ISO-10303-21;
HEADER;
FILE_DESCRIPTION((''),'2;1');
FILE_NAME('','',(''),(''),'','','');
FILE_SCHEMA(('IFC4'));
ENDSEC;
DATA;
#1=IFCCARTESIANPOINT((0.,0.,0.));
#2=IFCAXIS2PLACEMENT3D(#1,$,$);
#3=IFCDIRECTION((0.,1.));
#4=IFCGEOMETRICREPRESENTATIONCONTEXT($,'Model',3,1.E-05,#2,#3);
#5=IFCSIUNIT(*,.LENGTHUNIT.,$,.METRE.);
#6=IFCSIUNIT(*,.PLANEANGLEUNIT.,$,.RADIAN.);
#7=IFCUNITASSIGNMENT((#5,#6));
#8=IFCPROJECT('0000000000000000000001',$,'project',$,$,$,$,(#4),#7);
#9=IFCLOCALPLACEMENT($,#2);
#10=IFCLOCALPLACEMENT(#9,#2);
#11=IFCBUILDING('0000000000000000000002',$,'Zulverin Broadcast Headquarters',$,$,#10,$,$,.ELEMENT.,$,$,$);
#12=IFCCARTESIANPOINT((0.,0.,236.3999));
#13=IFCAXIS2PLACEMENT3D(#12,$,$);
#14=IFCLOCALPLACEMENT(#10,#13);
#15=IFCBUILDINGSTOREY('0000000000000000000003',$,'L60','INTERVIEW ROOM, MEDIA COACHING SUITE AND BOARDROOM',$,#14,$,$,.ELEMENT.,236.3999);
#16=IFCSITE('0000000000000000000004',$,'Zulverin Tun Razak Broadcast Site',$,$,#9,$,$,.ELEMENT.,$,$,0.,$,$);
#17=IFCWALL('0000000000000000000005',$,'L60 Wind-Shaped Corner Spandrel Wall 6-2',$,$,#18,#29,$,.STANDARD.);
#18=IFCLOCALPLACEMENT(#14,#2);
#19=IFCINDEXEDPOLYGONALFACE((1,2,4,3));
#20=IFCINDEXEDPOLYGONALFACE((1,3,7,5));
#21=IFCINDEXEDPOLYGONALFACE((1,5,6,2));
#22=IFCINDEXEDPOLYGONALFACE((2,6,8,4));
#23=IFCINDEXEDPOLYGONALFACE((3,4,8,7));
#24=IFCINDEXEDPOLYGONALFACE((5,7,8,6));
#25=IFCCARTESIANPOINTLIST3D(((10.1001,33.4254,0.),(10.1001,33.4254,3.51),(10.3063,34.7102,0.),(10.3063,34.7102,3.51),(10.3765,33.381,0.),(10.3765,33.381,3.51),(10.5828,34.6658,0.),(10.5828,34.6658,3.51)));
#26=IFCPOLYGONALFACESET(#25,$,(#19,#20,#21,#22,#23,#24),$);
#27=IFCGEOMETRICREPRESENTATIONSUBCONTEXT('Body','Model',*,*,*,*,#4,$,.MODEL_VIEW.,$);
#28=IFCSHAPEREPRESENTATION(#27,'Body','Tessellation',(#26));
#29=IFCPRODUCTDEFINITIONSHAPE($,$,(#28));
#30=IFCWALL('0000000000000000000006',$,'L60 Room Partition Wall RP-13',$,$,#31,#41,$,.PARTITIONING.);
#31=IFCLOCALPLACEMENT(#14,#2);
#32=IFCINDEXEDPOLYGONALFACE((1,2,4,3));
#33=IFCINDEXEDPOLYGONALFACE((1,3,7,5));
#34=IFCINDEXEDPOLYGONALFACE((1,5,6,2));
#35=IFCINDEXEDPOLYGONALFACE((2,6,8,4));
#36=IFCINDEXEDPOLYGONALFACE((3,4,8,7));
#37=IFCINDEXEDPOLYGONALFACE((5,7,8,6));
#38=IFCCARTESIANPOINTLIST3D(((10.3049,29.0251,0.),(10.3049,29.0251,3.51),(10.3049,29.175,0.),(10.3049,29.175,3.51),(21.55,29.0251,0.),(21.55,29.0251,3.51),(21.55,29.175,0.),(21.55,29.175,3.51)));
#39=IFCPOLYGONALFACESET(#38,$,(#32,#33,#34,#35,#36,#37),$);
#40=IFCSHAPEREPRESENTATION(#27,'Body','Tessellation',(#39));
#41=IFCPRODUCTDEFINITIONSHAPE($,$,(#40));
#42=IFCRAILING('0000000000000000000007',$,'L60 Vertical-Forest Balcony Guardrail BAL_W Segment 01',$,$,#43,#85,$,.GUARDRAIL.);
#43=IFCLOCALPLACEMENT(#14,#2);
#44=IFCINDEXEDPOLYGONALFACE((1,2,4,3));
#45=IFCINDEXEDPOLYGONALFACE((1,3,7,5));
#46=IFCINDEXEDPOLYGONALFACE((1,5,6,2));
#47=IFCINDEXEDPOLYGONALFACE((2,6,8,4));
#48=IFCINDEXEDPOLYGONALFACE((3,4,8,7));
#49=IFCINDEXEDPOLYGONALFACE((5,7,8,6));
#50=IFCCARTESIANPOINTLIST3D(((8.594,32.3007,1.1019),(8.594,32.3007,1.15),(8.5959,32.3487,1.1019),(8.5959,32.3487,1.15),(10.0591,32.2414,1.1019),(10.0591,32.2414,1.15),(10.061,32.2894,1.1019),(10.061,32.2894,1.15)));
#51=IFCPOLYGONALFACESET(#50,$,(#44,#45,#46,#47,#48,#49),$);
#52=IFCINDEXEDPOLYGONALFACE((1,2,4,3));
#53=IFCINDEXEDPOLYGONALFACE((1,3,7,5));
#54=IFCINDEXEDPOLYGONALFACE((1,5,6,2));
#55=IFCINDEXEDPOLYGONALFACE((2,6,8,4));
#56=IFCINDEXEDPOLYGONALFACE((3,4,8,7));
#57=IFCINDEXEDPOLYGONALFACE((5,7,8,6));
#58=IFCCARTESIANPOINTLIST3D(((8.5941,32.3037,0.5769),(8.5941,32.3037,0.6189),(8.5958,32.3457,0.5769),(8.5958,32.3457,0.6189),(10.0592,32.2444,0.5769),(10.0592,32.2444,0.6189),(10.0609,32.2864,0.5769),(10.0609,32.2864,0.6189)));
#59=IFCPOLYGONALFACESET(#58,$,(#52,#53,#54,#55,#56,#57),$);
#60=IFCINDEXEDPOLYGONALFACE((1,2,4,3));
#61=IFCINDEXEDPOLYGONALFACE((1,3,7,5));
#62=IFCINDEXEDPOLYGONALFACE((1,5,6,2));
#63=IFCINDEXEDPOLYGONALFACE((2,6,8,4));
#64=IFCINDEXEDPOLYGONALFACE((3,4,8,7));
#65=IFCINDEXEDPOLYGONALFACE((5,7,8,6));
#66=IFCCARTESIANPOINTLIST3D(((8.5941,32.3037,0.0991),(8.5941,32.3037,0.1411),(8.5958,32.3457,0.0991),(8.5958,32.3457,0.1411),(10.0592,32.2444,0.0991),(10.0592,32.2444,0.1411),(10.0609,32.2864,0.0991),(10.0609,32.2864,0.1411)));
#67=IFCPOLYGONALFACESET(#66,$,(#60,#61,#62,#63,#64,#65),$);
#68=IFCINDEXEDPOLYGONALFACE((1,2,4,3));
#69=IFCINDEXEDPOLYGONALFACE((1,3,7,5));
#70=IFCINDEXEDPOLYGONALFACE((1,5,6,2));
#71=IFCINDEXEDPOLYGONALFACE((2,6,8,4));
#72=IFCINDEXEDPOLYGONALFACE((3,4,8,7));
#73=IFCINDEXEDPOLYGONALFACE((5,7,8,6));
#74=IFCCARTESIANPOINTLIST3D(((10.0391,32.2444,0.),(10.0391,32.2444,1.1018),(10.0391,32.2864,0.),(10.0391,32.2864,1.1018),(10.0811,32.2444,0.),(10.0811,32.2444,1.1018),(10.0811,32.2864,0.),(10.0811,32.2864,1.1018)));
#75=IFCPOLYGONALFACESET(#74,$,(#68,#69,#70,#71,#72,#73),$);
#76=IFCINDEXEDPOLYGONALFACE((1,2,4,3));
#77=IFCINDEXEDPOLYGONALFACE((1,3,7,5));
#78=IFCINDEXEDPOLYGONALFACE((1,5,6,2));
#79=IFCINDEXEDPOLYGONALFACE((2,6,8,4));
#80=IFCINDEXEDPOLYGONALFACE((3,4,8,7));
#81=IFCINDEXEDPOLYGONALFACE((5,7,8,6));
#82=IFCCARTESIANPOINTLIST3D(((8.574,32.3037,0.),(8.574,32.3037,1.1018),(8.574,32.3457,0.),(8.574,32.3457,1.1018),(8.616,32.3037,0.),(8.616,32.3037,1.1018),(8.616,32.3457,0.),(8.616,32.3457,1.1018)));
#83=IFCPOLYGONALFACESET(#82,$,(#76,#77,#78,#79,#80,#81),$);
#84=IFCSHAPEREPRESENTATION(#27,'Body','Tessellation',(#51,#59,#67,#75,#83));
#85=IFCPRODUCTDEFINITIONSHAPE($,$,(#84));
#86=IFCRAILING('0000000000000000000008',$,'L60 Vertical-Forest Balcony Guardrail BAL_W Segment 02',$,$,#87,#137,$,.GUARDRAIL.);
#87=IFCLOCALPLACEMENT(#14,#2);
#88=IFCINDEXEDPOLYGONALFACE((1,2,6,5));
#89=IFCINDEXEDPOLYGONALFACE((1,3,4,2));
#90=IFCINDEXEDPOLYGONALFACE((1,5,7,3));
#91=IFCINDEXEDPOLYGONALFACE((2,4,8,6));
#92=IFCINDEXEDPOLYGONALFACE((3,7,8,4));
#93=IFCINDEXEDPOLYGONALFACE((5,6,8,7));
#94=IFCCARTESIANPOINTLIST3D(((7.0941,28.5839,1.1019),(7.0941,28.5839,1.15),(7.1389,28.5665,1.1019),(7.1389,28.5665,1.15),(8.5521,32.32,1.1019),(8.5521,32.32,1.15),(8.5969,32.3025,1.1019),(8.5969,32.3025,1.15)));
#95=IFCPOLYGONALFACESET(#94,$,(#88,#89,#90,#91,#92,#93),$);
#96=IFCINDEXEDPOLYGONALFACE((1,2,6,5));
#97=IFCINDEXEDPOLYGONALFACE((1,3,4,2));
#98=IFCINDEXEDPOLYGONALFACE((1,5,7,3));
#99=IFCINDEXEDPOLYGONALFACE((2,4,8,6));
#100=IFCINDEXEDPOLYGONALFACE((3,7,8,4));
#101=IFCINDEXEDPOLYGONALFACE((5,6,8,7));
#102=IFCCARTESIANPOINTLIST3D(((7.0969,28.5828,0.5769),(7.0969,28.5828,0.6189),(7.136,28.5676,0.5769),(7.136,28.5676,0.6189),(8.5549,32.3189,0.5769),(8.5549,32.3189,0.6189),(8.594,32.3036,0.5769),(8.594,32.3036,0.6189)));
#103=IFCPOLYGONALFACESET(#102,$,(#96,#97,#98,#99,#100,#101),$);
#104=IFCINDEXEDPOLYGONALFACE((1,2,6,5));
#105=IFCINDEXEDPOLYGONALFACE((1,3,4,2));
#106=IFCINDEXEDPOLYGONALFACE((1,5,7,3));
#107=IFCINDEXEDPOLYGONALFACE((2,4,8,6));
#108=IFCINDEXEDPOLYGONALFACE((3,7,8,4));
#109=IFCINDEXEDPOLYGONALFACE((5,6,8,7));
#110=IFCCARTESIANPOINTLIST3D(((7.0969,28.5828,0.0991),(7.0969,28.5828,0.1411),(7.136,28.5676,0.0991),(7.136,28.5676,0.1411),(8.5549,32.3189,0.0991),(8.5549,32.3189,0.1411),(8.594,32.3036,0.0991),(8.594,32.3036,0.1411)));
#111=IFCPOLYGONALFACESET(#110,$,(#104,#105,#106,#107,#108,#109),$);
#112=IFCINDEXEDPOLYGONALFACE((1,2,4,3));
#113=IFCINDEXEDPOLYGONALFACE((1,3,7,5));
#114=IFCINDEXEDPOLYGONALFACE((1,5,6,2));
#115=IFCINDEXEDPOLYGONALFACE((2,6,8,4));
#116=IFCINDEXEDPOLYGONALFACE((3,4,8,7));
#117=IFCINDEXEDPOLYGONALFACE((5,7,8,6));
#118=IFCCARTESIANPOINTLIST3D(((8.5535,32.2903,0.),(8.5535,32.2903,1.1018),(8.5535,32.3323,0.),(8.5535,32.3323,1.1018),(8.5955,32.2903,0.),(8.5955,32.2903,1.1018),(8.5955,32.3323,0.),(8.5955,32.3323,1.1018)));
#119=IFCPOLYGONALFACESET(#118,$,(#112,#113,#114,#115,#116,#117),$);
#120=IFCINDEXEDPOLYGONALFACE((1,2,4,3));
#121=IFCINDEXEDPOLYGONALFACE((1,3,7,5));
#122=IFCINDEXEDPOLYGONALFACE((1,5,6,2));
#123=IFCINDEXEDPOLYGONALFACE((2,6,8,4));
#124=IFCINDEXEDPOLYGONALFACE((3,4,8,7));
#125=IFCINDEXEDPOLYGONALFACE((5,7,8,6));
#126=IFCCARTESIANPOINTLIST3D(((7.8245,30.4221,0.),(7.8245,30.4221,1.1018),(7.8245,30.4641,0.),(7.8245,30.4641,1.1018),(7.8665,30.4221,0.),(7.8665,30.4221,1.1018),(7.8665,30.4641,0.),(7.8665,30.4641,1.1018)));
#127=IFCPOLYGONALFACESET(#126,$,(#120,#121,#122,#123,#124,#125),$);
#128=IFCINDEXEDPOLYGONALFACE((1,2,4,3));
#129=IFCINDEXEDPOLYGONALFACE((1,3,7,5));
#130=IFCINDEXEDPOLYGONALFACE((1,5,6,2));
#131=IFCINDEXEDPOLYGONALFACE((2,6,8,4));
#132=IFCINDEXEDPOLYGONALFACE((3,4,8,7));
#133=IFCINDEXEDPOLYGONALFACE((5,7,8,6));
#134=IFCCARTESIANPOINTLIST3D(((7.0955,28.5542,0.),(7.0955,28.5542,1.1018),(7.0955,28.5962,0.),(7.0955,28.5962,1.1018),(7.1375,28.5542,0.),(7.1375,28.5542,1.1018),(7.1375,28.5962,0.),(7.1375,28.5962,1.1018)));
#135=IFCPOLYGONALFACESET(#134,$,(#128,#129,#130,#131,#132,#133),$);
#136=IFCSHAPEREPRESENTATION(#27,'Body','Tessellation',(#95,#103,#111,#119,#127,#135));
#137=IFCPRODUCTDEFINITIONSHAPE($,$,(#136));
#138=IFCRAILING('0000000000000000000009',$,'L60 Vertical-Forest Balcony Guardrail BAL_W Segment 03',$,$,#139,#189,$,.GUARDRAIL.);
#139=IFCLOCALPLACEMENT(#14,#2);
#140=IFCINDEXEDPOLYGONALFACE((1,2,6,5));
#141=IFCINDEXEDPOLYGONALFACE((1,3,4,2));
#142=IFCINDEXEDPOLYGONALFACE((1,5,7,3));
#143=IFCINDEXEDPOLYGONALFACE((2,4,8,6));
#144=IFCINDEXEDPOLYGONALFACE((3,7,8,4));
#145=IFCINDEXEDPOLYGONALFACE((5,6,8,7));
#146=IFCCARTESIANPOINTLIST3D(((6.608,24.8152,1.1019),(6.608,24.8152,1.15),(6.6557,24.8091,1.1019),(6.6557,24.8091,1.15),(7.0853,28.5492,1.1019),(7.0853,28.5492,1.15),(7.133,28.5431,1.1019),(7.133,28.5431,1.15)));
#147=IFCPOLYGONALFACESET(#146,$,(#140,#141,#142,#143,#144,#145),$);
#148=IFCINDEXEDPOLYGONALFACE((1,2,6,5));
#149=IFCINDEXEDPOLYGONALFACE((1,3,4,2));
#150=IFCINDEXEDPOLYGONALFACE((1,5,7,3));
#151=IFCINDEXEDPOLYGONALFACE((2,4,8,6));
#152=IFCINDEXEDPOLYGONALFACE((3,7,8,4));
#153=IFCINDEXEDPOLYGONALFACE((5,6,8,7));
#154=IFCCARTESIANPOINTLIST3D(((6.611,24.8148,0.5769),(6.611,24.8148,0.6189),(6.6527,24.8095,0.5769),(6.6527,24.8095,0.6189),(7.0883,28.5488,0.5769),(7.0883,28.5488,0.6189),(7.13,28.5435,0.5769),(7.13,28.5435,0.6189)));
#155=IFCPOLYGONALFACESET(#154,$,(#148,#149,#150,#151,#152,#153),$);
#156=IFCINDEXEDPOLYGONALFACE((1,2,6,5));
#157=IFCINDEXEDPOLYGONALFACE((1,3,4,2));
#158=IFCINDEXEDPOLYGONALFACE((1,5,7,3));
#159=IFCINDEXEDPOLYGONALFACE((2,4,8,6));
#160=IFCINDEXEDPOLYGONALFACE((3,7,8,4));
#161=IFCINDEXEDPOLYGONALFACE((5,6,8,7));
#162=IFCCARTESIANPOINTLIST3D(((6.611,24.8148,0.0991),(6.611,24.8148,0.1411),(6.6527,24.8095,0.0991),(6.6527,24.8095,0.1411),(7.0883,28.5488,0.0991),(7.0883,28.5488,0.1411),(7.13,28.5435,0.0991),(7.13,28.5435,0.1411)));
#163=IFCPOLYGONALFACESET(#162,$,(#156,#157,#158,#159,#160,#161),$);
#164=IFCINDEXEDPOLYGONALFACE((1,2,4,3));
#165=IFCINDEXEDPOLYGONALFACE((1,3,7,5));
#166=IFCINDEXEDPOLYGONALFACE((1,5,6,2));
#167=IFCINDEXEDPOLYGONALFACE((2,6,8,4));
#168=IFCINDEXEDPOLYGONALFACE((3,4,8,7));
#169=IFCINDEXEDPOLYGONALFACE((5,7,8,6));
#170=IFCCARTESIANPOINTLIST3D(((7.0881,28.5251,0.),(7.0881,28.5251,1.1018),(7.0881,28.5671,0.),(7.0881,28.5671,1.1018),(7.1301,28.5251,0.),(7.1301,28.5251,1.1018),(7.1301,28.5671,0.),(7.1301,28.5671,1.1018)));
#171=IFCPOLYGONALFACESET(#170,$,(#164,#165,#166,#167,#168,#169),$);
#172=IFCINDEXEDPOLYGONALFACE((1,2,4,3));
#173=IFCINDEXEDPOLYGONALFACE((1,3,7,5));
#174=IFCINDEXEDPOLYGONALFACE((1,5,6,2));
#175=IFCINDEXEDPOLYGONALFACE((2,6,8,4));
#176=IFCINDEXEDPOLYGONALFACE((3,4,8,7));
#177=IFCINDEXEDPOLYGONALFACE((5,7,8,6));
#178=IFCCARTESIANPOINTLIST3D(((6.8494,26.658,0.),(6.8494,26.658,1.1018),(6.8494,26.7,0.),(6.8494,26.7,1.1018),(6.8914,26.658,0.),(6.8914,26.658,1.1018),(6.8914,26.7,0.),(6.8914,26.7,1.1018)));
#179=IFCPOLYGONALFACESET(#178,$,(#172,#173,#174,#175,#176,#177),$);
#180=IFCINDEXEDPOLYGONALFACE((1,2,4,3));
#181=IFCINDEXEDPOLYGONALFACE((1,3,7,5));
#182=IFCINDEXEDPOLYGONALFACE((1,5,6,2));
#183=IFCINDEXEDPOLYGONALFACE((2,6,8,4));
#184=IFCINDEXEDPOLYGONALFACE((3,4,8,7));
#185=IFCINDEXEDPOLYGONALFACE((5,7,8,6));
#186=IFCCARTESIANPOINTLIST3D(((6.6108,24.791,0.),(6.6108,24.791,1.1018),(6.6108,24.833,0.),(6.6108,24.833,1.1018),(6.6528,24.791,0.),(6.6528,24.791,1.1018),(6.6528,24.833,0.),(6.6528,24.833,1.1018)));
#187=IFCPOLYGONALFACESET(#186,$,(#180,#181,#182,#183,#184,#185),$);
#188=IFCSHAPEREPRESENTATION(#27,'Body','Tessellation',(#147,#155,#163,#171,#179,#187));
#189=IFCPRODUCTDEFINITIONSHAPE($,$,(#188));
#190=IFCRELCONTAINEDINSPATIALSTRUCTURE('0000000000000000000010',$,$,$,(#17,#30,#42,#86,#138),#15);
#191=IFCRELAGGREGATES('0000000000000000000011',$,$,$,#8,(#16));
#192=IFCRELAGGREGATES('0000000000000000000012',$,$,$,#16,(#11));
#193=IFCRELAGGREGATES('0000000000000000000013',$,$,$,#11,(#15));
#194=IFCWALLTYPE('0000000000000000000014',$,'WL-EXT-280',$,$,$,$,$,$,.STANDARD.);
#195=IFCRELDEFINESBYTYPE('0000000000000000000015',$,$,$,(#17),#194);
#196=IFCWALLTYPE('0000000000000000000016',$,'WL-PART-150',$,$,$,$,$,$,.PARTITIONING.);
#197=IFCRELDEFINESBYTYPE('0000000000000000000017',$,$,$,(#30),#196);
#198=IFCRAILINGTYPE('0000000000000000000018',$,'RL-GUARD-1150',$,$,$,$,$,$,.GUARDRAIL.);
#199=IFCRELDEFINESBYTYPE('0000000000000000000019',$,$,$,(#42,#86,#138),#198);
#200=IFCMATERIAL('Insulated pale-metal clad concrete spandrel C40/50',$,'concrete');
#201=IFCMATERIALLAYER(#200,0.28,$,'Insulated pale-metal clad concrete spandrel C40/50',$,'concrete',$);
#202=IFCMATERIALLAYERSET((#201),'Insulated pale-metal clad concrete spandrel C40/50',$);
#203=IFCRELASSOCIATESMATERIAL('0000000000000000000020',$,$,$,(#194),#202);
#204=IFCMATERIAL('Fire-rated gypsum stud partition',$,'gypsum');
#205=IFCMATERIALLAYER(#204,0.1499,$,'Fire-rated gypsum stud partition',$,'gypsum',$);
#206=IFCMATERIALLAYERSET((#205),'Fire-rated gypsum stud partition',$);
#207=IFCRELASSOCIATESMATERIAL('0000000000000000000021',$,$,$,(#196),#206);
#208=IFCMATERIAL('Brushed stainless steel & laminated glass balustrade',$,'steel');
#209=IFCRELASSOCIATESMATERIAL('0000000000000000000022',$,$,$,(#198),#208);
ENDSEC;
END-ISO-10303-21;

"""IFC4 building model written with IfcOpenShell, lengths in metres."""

from ifc_helpers import new_model, si_unit, direction, frame, frame_2d, origin, origin_2d, place, context, subcontext, project, spatial, rectangle, extrude, material, layer, layer_set, type_object, element, save


model = new_model("IFC4")

# Units and contexts
model_context = context("Model", 3, precision=1e-05, world=origin(), true_north=direction((0.0, 1.0)))
body_context = subcontext(model_context, "Body", "Model", "MODEL_VIEW")
ifc_project = project(units=[si_unit("LENGTHUNIT", "METRE"), si_unit("PLANEANGLEUNIT", "RADIAN")], contexts=[model_context])

# Site, building, storey
site_placement = place(None, origin())
site = spatial("IfcSite", under=ifc_project, at=site_placement, Name="Zulverin Tun Razak Broadcast Site", CompositionType="ELEMENT", RefElevation=0.0)
building_placement = place(site_placement, origin())
building = spatial("IfcBuilding", under=site, at=building_placement, Name="Zulverin Broadcast Headquarters", CompositionType="ELEMENT")
storey_placement = place(building_placement, frame((0.0, 0.0, 236.3999)))
storey = spatial("IfcBuildingStorey", under=building, at=storey_placement, Name="L60", Description="INTERVIEW ROOM, MEDIA COACHING SUITE AND BOARDROOM", CompositionType="ELEMENT", Elevation=236.3999)

# Shared definitions
ifc_material_1 = material(Name="Insulated pale-metal clad concrete spandrel C40/50", Category="concrete")
ifc_layer_1 = layer(ifc_material_1, 0.28, Name="Insulated pale-metal clad concrete spandrel C40/50", Category="concrete")
ifc_layer_set_1 = layer_set([ifc_layer_1], Name="Insulated pale-metal clad concrete spandrel C40/50")
wall_type_1 = type_object("IfcWallType", Name="WL-EXT-280", PredefinedType="STANDARD", material=ifc_layer_set_1)

# Walls
wall_1_placement = place(storey_placement, frame((10.4446, 34.688, 0.0), z_axis=(0.0, 0.0, 1.0), x_axis=(-0.158525, -0.987355, 0.0)))
element("IfcWall", 1, at=wall_1_placement, inside=storey, type_object=wall_type_1, Name="L60 Wind-Shaped Corner Spandrel Wall 6-2", PredefinedType="STANDARD", context=body_context, shape_type="SweptSolid", body=[
    extrude(rectangle(XDim=1.3013, YDim=0.28, at=frame_2d((0.6506, 0.0))), origin(), (0.0, 0.0, 1.0), 3.51),
])
ifc_material_2 = material(Name="Fire-rated gypsum stud partition", Category="gypsum")
ifc_layer_2 = layer(ifc_material_2, 0.1499, Name="Fire-rated gypsum stud partition", Category="gypsum")
ifc_layer_set_2 = layer_set([ifc_layer_2], Name="Fire-rated gypsum stud partition")
wall_type_2 = type_object("IfcWallType", Name="WL-PART-150", PredefinedType="PARTITIONING", material=ifc_layer_set_2)
wall_2_placement = place(storey_placement, frame((10.3049, 29.1001, 0.0), z_axis=(0.0, 0.0, 1.0), x_axis=(1.0, 0.0, 0.0)))
element("IfcWall", 2, at=wall_2_placement, inside=storey, type_object=wall_type_2, Name="L60 Room Partition Wall RP-13", PredefinedType="PARTITIONING", context=body_context, shape_type="SweptSolid", body=[
    extrude(rectangle(XDim=11.2451, YDim=0.1499, at=frame_2d((5.6226, 0.0))), origin(), (0.0, 0.0, 1.0), 3.51),
])

# Railings
ifc_material_3 = material(Name="Brushed stainless steel & laminated glass balustrade", Category="steel")
railing_type = type_object("IfcRailingType", Name="RL-GUARD-1150", PredefinedType="GUARDRAIL", material=ifc_material_3)
railing_1_placement = place(storey_placement, frame((10.0601, 32.2654, 0.0)))
element("IfcRailing", 3, at=railing_1_placement, inside=storey, type_object=railing_type, Name="L60 Vertical-Forest Balcony Guardrail BAL_W Segment 01", PredefinedType="GUARDRAIL", context=body_context, shape_type="SweptSolid", body=[
    extrude(rectangle(XDim=0.0481, YDim=0.0481, at=origin_2d()), frame((0.0, 0.0, 1.126), z_axis=(-0.999181, 0.04046, 0.0), x_axis=(-0.04046, -0.999181, 0.0)), (0.0, 0.0, 1.0), 1.4663),
    extrude(rectangle(XDim=0.042, YDim=0.042, at=origin_2d()), frame((0.0, 0.0, 0.5979), z_axis=(-0.999181, 0.04046, 0.0), x_axis=(-0.04046, -0.999181, 0.0)), (0.0, 0.0, 1.0), 1.4663),
    extrude(rectangle(XDim=0.042, YDim=0.042, at=origin_2d()), frame((0.0, 0.0, 0.1201), z_axis=(-0.999181, 0.04046, 0.0), x_axis=(-0.04046, -0.999181, 0.0)), (0.0, 0.0, 1.0), 1.4663),
    extrude(rectangle(XDim=0.042, YDim=0.042, at=origin_2d()), origin(), (0.0, 0.0, 1.0), 1.1018),
    extrude(rectangle(XDim=0.042, YDim=0.042, at=origin_2d()), frame((-1.4651, 0.0593, 0.0)), (0.0, 0.0, 1.0), 1.1018),
])
railing_2_placement = place(storey_placement, frame((8.5745, 32.3113, 0.0)))
element("IfcRailing", 4, at=railing_2_placement, inside=storey, type_object=railing_type, Name="L60 Vertical-Forest Balcony Guardrail BAL_W Segment 02", PredefinedType="GUARDRAIL", context=body_context, shape_type="SweptSolid", body=[
    extrude(rectangle(XDim=0.0481, YDim=0.0481, at=origin_2d()), frame((0.0, 0.0, 1.126), z_axis=(-0.363548, -0.931576, 0.0), x_axis=(0.931576, -0.363548, 0.0)), (0.0, 0.0, 1.0), 4.0105),
    extrude(rectangle(XDim=0.042, YDim=0.042, at=origin_2d()), frame((0.0, 0.0, 0.5979), z_axis=(-0.363548, -0.931576, 0.0), x_axis=(0.931576, -0.363548, 0.0)), (0.0, 0.0, 1.0), 4.0105),
    extrude(rectangle(XDim=0.042, YDim=0.042, at=origin_2d()), frame((0.0, 0.0, 0.1201), z_axis=(-0.363548, -0.931576, 0.0), x_axis=(0.931576, -0.363548, 0.0)), (0.0, 0.0, 1.0), 4.0105),
    extrude(rectangle(XDim=0.042, YDim=0.042, at=origin_2d()), origin(), (0.0, 0.0, 1.0), 1.1018),
    extrude(rectangle(XDim=0.042, YDim=0.042, at=origin_2d()), frame((-0.729, -1.8682, 0.0)), (0.0, 0.0, 1.0), 1.1018),
    extrude(rectangle(XDim=0.042, YDim=0.042, at=origin_2d()), frame((-1.458, -3.7361, 0.0)), (0.0, 0.0, 1.0), 1.1018),
])
railing_3_placement = place(storey_placement, frame((7.1091, 28.5461, 0.0)))
element("IfcRailing", 5, at=railing_3_placement, inside=storey, type_object=railing_type, Name="L60 Vertical-Forest Balcony Guardrail BAL_W Segment 03", PredefinedType="GUARDRAIL", context=body_context, shape_type="SweptSolid", body=[
    extrude(rectangle(XDim=0.0481, YDim=0.0481, at=origin_2d()), frame((0.0, 0.0, 1.126), z_axis=(-0.126788, -0.99193, 0.0), x_axis=(0.99193, -0.126788, 0.0)), (0.0, 0.0, 1.0), 3.7644),
    extrude(rectangle(XDim=0.042, YDim=0.042, at=origin_2d()), frame((0.0, 0.0, 0.5979), z_axis=(-0.126788, -0.99193, 0.0), x_axis=(0.99193, -0.126788, 0.0)), (0.0, 0.0, 1.0), 3.7644),
    extrude(rectangle(XDim=0.042, YDim=0.042, at=origin_2d()), frame((0.0, 0.0, 0.1201), z_axis=(-0.126788, -0.99193, 0.0), x_axis=(0.99193, -0.126788, 0.0)), (0.0, 0.0, 1.0), 3.7644),
    extrude(rectangle(XDim=0.042, YDim=0.042, at=origin_2d()), origin(), (0.0, 0.0, 1.0), 1.1018),
    extrude(rectangle(XDim=0.042, YDim=0.042, at=origin_2d()), frame((-0.2388, -1.8672, 0.0)), (0.0, 0.0, 1.0), 1.1018),
    extrude(rectangle(XDim=0.042, YDim=0.042, at=origin_2d()), frame((-0.4773, -3.7341, 0.0)), (0.0, 0.0, 1.0), 1.1018),
])

save(model, "model.ifc")
